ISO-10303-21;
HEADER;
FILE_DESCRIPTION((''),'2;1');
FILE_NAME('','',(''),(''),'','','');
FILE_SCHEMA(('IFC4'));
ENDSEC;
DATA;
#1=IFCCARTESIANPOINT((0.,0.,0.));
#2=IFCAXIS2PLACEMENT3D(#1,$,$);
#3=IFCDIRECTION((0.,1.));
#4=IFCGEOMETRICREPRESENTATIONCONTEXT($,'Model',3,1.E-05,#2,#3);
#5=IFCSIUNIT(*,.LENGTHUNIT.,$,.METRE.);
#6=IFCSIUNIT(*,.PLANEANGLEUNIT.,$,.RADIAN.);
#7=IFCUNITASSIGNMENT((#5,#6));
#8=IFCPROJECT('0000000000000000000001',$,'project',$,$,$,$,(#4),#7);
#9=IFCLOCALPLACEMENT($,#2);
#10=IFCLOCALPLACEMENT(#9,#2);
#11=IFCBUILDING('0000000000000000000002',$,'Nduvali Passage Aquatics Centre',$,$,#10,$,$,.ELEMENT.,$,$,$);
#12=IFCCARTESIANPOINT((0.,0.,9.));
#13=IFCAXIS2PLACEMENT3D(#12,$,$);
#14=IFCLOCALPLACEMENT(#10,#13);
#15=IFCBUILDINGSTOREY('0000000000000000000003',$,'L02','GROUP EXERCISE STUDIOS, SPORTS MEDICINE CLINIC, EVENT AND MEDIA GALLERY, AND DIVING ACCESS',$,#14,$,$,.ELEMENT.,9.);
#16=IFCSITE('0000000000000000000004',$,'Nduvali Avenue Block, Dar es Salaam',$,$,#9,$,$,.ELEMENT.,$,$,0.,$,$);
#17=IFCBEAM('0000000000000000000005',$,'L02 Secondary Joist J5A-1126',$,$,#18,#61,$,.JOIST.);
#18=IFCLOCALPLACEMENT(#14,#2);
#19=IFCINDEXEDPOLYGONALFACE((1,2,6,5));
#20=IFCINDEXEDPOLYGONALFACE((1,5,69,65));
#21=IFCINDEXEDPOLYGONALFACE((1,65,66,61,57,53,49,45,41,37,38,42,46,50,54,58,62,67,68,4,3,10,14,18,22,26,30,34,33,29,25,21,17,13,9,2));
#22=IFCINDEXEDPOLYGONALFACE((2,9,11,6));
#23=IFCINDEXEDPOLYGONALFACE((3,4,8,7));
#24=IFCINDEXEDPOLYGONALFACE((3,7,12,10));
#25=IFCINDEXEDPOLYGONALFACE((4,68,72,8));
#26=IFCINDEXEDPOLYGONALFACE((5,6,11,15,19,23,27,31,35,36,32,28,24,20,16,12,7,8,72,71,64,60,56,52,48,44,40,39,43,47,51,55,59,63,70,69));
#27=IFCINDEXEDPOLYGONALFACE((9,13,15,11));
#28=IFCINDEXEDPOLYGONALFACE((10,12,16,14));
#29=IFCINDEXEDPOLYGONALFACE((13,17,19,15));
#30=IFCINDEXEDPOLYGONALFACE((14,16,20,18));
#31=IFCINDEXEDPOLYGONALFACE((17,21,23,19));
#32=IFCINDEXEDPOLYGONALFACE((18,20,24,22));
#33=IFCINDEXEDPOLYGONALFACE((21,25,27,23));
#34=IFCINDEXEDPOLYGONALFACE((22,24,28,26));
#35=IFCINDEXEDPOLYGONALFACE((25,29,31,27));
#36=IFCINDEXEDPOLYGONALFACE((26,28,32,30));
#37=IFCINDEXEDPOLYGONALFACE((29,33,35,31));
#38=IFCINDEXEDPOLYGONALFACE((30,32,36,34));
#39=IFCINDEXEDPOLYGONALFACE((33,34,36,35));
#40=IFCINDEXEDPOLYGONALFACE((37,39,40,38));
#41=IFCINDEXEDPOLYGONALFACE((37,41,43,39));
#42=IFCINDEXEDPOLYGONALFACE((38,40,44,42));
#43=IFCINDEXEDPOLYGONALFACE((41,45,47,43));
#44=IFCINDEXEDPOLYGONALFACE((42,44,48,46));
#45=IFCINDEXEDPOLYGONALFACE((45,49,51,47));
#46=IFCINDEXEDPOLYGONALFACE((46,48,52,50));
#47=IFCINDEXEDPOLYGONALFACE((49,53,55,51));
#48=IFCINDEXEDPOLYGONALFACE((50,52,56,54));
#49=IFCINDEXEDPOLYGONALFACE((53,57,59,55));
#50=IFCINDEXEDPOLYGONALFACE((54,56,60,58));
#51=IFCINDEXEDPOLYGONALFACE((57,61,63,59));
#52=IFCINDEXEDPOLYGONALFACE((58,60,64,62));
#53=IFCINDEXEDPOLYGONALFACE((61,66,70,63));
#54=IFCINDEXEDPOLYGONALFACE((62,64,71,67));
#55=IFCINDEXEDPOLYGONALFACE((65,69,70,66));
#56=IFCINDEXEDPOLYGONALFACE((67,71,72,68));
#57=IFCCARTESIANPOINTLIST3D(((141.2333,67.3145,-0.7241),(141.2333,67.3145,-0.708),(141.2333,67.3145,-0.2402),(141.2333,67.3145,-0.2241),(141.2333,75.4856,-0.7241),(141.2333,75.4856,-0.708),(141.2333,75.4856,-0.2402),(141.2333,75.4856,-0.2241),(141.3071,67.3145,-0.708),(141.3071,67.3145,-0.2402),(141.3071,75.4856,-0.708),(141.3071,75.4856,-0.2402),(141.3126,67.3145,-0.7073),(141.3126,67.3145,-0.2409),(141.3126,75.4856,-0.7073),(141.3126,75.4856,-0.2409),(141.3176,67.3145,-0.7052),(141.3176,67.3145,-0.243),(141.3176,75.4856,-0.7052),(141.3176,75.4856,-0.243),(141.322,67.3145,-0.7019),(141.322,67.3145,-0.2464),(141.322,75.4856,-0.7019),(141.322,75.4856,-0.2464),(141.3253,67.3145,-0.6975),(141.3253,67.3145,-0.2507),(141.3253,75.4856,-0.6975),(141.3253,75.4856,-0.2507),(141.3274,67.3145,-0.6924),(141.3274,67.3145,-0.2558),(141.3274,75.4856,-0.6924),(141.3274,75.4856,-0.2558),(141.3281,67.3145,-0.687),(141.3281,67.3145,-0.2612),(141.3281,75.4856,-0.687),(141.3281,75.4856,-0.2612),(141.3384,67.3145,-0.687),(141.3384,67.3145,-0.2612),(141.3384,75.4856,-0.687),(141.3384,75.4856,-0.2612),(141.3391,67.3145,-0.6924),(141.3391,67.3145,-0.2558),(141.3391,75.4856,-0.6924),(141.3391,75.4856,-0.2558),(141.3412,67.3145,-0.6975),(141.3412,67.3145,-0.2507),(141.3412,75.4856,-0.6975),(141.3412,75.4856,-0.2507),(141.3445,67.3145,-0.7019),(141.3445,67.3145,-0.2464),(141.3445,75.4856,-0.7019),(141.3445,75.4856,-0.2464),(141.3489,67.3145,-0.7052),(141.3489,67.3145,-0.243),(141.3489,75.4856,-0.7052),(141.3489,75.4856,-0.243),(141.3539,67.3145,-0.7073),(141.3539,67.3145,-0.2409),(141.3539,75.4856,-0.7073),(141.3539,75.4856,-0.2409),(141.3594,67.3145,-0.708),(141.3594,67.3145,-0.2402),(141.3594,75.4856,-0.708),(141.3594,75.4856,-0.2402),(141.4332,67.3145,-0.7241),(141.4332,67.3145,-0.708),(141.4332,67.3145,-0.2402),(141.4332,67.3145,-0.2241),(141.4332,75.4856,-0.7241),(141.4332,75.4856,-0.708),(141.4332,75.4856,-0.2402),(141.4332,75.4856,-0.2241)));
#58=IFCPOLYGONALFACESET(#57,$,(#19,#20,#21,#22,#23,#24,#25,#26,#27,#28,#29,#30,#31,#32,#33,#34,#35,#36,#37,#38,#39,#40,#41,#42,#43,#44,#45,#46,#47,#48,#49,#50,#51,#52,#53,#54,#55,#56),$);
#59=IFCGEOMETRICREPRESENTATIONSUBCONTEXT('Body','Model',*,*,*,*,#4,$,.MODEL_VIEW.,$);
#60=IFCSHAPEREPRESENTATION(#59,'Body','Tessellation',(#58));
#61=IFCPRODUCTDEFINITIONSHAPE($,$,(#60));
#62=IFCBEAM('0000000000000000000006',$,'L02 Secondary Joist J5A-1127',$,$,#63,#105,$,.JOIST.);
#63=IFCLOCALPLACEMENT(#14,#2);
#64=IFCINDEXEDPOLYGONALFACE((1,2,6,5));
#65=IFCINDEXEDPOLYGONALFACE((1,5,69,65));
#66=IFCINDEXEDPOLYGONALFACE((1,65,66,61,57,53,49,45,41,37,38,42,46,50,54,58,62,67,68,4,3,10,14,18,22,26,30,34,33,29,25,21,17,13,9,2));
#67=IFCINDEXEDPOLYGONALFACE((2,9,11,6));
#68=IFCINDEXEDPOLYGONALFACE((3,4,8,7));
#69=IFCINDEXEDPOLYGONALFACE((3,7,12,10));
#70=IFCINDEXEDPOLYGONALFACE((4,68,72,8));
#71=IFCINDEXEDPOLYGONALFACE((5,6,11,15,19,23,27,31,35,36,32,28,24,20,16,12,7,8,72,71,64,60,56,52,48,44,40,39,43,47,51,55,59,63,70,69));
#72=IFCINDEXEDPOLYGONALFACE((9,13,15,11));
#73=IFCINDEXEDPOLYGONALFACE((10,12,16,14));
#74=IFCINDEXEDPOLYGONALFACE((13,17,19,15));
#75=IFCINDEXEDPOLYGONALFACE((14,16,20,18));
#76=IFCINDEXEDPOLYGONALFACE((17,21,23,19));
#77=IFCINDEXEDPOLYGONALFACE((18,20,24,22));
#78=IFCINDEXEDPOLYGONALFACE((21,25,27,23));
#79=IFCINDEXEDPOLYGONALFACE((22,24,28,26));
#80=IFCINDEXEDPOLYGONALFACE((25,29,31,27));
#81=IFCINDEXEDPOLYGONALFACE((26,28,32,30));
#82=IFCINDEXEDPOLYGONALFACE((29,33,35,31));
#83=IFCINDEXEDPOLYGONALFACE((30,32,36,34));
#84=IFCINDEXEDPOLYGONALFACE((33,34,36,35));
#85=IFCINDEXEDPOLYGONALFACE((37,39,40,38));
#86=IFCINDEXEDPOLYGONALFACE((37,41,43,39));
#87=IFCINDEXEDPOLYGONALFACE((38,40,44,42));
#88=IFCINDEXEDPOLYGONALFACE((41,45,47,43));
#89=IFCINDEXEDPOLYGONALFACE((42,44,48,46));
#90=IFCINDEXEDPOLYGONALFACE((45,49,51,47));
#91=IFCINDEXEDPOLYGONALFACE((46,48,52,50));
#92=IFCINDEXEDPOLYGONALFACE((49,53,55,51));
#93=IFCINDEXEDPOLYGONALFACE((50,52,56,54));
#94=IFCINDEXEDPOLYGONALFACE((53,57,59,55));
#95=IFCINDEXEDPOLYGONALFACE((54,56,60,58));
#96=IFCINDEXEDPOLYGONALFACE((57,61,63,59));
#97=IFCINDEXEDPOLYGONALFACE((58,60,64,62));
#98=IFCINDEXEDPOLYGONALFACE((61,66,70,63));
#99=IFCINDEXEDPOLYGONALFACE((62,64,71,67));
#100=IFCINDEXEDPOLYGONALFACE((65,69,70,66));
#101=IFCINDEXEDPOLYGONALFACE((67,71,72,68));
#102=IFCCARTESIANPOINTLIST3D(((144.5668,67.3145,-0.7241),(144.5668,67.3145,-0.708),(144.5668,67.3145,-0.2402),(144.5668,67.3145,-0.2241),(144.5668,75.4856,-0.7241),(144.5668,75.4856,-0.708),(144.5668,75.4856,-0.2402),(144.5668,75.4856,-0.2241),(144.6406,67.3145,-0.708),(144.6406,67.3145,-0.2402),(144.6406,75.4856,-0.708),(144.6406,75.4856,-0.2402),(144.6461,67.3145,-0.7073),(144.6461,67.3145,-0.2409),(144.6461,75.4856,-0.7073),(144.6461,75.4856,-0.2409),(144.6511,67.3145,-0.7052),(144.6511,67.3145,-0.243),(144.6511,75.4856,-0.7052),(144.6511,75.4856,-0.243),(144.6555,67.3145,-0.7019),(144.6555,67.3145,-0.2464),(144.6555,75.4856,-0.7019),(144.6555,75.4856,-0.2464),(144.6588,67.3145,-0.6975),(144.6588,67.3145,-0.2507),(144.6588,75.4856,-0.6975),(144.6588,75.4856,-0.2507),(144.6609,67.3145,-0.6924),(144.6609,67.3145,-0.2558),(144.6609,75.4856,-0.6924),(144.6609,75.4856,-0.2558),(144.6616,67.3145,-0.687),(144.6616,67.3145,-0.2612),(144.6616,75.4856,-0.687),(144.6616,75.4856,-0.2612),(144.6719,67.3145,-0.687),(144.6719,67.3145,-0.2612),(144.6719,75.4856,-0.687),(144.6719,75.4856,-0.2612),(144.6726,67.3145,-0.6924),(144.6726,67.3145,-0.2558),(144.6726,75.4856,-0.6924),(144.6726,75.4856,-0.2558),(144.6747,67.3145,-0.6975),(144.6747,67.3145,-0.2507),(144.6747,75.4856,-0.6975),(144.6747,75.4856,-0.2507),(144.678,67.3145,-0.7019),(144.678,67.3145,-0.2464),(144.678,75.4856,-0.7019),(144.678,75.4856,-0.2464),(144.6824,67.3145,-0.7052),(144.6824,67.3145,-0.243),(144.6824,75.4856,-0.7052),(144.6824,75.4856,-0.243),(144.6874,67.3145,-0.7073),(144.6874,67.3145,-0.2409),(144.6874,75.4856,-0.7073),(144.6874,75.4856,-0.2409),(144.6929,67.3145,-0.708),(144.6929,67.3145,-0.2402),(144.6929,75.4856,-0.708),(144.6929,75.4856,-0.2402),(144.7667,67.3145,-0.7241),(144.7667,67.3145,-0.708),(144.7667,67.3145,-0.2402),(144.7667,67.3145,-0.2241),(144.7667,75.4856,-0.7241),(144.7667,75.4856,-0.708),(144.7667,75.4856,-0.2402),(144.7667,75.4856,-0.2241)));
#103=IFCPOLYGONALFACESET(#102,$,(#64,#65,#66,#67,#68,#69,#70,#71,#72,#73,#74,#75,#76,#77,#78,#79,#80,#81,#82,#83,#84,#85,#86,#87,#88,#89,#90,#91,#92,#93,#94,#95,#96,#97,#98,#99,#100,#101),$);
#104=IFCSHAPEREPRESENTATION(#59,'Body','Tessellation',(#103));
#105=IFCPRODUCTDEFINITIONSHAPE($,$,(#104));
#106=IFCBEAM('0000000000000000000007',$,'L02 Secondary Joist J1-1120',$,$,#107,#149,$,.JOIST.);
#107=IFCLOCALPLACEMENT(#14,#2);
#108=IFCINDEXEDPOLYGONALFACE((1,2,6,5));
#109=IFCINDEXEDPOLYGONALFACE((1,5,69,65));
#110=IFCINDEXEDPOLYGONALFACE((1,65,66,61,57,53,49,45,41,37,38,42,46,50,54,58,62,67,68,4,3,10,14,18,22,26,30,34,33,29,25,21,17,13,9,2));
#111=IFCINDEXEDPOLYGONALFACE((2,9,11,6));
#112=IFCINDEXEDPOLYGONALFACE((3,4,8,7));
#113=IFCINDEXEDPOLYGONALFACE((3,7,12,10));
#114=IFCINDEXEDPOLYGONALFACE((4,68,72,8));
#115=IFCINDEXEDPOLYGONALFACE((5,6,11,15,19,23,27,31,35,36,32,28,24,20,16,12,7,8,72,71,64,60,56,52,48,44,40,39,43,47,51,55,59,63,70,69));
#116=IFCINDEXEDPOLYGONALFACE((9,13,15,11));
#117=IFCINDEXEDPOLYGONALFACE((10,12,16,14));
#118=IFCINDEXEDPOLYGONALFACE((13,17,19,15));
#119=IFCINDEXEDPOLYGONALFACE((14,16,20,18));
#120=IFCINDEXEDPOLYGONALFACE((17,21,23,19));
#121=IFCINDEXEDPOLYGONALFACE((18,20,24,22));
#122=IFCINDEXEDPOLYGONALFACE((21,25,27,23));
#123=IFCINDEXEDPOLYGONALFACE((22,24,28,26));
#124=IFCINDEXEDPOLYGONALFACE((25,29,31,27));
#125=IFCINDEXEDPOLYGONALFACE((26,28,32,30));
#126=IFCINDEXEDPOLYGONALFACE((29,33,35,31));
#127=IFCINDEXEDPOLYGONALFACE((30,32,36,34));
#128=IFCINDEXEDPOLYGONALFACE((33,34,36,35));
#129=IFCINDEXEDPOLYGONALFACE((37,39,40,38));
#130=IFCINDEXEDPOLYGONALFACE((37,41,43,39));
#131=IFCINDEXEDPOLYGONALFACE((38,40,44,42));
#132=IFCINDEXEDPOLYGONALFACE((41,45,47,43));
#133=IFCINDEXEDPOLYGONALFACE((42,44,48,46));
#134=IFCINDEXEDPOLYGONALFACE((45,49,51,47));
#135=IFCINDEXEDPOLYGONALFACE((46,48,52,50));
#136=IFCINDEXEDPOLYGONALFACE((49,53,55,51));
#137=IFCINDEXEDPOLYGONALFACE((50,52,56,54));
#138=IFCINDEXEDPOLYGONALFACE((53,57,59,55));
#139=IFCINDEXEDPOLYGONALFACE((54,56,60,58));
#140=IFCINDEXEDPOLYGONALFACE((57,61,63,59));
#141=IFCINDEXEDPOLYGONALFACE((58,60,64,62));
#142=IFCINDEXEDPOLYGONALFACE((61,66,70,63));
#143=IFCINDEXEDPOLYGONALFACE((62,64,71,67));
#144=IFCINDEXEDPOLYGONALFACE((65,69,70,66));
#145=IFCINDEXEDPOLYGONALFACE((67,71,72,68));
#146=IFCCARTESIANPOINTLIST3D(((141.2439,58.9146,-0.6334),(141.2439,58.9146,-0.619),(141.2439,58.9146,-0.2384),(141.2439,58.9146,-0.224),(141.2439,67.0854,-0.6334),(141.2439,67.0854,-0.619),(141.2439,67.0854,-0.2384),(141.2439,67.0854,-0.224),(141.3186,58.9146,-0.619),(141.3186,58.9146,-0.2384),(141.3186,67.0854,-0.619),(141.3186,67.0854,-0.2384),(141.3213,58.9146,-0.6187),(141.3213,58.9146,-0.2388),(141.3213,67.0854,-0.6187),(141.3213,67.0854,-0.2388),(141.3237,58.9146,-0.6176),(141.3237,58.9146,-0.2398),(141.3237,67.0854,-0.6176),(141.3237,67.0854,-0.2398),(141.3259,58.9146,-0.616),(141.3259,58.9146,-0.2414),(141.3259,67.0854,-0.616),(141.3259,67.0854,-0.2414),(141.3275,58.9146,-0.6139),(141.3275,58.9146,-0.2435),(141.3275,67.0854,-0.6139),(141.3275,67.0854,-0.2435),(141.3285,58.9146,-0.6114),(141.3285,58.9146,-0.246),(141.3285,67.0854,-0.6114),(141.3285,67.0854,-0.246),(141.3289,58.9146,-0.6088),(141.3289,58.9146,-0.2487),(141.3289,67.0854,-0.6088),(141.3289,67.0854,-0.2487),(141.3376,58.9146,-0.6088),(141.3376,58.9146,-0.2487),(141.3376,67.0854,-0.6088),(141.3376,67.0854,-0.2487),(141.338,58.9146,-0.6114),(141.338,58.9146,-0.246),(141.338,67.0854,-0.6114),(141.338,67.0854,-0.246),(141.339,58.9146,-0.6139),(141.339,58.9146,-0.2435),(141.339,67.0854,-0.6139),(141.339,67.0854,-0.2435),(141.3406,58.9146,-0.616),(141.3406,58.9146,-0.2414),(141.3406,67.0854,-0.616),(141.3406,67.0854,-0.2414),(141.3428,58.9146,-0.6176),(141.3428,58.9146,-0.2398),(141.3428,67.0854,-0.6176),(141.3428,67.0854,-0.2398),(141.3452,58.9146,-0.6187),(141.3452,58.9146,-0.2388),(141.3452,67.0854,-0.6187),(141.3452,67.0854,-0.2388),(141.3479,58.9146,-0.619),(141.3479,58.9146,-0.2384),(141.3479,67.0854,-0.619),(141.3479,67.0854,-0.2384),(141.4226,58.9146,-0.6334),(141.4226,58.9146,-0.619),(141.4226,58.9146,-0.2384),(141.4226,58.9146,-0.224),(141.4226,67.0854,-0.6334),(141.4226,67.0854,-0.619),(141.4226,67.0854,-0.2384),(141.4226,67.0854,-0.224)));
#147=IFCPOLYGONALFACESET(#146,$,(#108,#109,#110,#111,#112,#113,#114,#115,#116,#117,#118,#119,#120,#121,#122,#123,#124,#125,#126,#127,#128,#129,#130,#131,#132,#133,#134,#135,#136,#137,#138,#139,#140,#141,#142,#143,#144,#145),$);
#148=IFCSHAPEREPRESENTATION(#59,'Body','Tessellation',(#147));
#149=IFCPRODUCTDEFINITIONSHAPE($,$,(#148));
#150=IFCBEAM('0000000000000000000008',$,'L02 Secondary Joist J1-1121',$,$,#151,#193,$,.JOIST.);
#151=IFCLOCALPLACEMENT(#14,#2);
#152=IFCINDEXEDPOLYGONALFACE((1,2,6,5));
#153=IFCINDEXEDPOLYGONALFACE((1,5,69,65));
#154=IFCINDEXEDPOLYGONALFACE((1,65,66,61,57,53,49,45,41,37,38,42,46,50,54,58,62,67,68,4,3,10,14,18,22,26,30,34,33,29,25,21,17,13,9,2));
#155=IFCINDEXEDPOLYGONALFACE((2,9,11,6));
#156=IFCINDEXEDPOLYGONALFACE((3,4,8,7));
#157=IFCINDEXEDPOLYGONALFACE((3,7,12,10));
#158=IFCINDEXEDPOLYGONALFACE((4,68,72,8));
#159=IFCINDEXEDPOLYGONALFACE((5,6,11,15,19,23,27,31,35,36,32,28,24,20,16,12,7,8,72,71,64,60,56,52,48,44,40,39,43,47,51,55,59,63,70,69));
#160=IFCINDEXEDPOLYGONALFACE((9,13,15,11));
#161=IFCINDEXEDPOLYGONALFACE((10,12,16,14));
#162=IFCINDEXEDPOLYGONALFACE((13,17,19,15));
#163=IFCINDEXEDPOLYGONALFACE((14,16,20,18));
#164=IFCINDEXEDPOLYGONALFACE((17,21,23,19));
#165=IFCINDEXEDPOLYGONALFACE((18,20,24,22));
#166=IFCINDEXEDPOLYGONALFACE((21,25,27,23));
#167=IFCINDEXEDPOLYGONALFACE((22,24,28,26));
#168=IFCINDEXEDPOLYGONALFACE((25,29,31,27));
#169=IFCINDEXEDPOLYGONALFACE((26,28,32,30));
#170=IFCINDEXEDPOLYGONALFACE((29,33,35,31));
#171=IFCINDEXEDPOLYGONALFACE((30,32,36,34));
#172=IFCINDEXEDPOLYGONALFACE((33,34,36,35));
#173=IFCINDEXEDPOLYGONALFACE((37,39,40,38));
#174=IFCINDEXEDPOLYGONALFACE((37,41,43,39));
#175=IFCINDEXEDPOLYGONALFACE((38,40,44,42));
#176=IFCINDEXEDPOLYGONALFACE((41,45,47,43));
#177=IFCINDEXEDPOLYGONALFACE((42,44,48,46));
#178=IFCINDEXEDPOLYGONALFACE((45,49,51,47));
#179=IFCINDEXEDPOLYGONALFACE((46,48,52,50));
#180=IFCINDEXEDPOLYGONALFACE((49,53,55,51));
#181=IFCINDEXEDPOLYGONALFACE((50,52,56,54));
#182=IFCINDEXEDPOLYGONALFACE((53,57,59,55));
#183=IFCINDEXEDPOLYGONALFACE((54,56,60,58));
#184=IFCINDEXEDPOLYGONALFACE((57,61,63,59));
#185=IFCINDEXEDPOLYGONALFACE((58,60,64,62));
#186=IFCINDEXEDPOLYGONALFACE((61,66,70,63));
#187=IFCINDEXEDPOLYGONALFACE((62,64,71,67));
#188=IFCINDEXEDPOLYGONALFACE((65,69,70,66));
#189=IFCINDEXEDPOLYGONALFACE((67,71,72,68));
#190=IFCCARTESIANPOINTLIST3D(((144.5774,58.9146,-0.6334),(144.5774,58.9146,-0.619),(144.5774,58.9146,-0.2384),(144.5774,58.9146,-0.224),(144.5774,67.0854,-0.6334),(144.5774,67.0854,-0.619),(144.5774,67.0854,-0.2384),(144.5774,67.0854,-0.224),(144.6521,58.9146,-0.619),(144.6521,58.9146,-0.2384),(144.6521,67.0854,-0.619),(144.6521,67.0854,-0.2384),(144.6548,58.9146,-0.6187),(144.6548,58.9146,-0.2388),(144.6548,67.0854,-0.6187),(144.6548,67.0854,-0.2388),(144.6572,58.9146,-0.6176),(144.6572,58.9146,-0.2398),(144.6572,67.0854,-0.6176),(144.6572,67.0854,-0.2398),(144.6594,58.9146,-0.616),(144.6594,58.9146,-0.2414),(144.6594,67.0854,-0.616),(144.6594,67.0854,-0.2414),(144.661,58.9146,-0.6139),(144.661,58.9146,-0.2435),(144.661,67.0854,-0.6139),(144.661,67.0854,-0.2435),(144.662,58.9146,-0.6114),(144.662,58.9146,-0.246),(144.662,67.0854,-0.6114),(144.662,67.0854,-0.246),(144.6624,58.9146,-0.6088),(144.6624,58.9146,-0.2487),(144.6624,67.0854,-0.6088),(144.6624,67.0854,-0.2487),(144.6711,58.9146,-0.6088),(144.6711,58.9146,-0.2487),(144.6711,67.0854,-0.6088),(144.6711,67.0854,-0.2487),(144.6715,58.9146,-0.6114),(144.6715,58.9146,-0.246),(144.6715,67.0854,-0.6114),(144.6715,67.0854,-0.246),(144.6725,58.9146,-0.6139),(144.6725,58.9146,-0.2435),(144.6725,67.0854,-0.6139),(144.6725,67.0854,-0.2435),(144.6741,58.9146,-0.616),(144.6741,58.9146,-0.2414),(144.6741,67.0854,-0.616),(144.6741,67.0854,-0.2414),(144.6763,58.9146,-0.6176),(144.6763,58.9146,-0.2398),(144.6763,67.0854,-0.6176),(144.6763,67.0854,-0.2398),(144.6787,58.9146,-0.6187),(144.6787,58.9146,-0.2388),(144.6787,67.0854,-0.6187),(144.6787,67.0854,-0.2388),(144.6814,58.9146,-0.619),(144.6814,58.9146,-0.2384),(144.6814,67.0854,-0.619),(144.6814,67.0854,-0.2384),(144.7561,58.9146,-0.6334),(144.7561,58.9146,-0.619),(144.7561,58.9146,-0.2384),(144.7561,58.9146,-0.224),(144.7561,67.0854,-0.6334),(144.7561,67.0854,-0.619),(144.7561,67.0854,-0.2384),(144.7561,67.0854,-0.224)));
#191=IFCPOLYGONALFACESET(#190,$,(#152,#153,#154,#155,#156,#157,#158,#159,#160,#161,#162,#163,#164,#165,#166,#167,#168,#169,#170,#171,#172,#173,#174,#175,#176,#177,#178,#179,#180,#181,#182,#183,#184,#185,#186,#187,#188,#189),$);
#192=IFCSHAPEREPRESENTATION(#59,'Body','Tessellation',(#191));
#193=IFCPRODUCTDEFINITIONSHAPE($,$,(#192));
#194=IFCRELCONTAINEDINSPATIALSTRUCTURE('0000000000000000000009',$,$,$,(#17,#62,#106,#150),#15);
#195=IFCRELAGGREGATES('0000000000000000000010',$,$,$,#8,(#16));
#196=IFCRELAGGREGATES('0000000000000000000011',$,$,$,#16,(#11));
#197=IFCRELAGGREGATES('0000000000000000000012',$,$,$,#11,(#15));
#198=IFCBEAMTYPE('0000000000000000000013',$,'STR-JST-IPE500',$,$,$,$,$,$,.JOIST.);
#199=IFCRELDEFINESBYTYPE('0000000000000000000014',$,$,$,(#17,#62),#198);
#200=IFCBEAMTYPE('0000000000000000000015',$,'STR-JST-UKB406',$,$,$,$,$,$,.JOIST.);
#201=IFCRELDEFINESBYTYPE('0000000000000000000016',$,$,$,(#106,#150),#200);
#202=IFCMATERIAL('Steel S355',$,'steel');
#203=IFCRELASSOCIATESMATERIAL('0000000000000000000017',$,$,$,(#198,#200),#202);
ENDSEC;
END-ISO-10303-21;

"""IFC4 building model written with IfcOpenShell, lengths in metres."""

from ifc_helpers import new_model, si_unit, direction, frame, origin, origin_2d, place, context, subcontext, project, spatial, i_section, extrude, material, material_profile, profile_set, type_object, element, save


model = new_model("IFC4")

# Units and contexts
model_context = context("Model", 3, precision=1e-05, world=origin(), true_north=direction((0.0, 1.0)))
body_context = subcontext(model_context, "Body", "Model", "MODEL_VIEW")
ifc_project = project(units=[si_unit("LENGTHUNIT", "METRE"), si_unit("PLANEANGLEUNIT", "RADIAN")], contexts=[model_context])

# Site, building, storey
site_placement = place(None, origin())
site = spatial("IfcSite", under=ifc_project, at=site_placement, Name="Nduvali Avenue Block, Dar es Salaam", CompositionType="ELEMENT", RefElevation=0.0)
building_placement = place(site_placement, origin())
building = spatial("IfcBuilding", under=site, at=building_placement, Name="Nduvali Passage Aquatics Centre", CompositionType="ELEMENT")
storey_placement = place(building_placement, frame((0.0, 0.0, 9.0)))
storey = spatial("IfcBuildingStorey", under=building, at=storey_placement, Name="L02", Description="GROUP EXERCISE STUDIOS, SPORTS MEDICINE CLINIC, EVENT AND MEDIA GALLERY, AND DIVING ACCESS", CompositionType="ELEMENT", Elevation=9.0)

# Beams
ifc_material_1 = material(Name="Steel S355", Category="steel")
ifc_material_profile_1 = material_profile(ifc_material_1, i_section(OverallWidth=0.2, OverallDepth=0.5, WebThickness=0.0103, FlangeThickness=0.0161, FilletRadius=0.021, at=origin_2d()), Name="IPE 500")
ifc_profile_set_1 = profile_set([ifc_material_profile_1], Name="Steel S355")
beam_type_1 = type_object("IfcBeamType", Name="STR-JST-IPE500", PredefinedType="JOIST", material=ifc_profile_set_1)
for number, where, z_axis, x_axis, name in (
    (1, (141.3333, 67.3145, -0.4741), (0.0, 1.0, 0.0), (-1.0, 0.0, 0.0), "L02 Secondary Joist J5A-1126"),
    (2, (144.6667, 67.3145, -0.4741), (0.0, 1.0, 0.0), (-1.0, 0.0, 0.0), "L02 Secondary Joist J5A-1127"),
):
    element("IfcBeam", number, at=place(storey_placement, frame(where, z_axis=z_axis, x_axis=x_axis)), inside=storey, type_object=beam_type_1, Name=name, PredefinedType="JOIST", context=body_context, shape_type="SweptSolid", body=[
        extrude(i_section(OverallWidth=0.2, OverallDepth=0.5, WebThickness=0.0103, FlangeThickness=0.0161, FilletRadius=0.021, at=origin_2d()), origin(), (0.0, 0.0, 1.0), 8.1711),
    ])
ifc_material_profile_2 = material_profile(ifc_material_1, i_section(OverallWidth=0.1787, OverallDepth=0.4094, WebThickness=0.0088, FlangeThickness=0.0144, FilletRadius=0.0103, at=origin_2d()), Name="UKB 406x178x67")
ifc_profile_set_2 = profile_set([ifc_material_profile_2], Name="Steel S355")
beam_type_2 = type_object("IfcBeamType", Name="STR-JST-UKB406", PredefinedType="JOIST", material=ifc_profile_set_2)
for number, where, z_axis, x_axis, name in (
    (3, (141.3333, 58.9146, -0.4287), (0.0, 1.0, 0.0), (-1.0, 0.0, 0.0), "L02 Secondary Joist J1-1120"),
    (4, (144.6667, 58.9146, -0.4287), (0.0, 1.0, 0.0), (-1.0, 0.0, 0.0), "L02 Secondary Joist J1-1121"),
):
    element("IfcBeam", number, at=place(storey_placement, frame(where, z_axis=z_axis, x_axis=x_axis)), inside=storey, type_object=beam_type_2, Name=name, PredefinedType="JOIST", context=body_context, shape_type="SweptSolid", body=[
        extrude(i_section(OverallWidth=0.1787, OverallDepth=0.4094, WebThickness=0.0088, FlangeThickness=0.0144, FilletRadius=0.0103, at=origin_2d()), origin(), (0.0, 0.0, 1.0), 8.1709),
    ])

save(model, "model.ifc")
